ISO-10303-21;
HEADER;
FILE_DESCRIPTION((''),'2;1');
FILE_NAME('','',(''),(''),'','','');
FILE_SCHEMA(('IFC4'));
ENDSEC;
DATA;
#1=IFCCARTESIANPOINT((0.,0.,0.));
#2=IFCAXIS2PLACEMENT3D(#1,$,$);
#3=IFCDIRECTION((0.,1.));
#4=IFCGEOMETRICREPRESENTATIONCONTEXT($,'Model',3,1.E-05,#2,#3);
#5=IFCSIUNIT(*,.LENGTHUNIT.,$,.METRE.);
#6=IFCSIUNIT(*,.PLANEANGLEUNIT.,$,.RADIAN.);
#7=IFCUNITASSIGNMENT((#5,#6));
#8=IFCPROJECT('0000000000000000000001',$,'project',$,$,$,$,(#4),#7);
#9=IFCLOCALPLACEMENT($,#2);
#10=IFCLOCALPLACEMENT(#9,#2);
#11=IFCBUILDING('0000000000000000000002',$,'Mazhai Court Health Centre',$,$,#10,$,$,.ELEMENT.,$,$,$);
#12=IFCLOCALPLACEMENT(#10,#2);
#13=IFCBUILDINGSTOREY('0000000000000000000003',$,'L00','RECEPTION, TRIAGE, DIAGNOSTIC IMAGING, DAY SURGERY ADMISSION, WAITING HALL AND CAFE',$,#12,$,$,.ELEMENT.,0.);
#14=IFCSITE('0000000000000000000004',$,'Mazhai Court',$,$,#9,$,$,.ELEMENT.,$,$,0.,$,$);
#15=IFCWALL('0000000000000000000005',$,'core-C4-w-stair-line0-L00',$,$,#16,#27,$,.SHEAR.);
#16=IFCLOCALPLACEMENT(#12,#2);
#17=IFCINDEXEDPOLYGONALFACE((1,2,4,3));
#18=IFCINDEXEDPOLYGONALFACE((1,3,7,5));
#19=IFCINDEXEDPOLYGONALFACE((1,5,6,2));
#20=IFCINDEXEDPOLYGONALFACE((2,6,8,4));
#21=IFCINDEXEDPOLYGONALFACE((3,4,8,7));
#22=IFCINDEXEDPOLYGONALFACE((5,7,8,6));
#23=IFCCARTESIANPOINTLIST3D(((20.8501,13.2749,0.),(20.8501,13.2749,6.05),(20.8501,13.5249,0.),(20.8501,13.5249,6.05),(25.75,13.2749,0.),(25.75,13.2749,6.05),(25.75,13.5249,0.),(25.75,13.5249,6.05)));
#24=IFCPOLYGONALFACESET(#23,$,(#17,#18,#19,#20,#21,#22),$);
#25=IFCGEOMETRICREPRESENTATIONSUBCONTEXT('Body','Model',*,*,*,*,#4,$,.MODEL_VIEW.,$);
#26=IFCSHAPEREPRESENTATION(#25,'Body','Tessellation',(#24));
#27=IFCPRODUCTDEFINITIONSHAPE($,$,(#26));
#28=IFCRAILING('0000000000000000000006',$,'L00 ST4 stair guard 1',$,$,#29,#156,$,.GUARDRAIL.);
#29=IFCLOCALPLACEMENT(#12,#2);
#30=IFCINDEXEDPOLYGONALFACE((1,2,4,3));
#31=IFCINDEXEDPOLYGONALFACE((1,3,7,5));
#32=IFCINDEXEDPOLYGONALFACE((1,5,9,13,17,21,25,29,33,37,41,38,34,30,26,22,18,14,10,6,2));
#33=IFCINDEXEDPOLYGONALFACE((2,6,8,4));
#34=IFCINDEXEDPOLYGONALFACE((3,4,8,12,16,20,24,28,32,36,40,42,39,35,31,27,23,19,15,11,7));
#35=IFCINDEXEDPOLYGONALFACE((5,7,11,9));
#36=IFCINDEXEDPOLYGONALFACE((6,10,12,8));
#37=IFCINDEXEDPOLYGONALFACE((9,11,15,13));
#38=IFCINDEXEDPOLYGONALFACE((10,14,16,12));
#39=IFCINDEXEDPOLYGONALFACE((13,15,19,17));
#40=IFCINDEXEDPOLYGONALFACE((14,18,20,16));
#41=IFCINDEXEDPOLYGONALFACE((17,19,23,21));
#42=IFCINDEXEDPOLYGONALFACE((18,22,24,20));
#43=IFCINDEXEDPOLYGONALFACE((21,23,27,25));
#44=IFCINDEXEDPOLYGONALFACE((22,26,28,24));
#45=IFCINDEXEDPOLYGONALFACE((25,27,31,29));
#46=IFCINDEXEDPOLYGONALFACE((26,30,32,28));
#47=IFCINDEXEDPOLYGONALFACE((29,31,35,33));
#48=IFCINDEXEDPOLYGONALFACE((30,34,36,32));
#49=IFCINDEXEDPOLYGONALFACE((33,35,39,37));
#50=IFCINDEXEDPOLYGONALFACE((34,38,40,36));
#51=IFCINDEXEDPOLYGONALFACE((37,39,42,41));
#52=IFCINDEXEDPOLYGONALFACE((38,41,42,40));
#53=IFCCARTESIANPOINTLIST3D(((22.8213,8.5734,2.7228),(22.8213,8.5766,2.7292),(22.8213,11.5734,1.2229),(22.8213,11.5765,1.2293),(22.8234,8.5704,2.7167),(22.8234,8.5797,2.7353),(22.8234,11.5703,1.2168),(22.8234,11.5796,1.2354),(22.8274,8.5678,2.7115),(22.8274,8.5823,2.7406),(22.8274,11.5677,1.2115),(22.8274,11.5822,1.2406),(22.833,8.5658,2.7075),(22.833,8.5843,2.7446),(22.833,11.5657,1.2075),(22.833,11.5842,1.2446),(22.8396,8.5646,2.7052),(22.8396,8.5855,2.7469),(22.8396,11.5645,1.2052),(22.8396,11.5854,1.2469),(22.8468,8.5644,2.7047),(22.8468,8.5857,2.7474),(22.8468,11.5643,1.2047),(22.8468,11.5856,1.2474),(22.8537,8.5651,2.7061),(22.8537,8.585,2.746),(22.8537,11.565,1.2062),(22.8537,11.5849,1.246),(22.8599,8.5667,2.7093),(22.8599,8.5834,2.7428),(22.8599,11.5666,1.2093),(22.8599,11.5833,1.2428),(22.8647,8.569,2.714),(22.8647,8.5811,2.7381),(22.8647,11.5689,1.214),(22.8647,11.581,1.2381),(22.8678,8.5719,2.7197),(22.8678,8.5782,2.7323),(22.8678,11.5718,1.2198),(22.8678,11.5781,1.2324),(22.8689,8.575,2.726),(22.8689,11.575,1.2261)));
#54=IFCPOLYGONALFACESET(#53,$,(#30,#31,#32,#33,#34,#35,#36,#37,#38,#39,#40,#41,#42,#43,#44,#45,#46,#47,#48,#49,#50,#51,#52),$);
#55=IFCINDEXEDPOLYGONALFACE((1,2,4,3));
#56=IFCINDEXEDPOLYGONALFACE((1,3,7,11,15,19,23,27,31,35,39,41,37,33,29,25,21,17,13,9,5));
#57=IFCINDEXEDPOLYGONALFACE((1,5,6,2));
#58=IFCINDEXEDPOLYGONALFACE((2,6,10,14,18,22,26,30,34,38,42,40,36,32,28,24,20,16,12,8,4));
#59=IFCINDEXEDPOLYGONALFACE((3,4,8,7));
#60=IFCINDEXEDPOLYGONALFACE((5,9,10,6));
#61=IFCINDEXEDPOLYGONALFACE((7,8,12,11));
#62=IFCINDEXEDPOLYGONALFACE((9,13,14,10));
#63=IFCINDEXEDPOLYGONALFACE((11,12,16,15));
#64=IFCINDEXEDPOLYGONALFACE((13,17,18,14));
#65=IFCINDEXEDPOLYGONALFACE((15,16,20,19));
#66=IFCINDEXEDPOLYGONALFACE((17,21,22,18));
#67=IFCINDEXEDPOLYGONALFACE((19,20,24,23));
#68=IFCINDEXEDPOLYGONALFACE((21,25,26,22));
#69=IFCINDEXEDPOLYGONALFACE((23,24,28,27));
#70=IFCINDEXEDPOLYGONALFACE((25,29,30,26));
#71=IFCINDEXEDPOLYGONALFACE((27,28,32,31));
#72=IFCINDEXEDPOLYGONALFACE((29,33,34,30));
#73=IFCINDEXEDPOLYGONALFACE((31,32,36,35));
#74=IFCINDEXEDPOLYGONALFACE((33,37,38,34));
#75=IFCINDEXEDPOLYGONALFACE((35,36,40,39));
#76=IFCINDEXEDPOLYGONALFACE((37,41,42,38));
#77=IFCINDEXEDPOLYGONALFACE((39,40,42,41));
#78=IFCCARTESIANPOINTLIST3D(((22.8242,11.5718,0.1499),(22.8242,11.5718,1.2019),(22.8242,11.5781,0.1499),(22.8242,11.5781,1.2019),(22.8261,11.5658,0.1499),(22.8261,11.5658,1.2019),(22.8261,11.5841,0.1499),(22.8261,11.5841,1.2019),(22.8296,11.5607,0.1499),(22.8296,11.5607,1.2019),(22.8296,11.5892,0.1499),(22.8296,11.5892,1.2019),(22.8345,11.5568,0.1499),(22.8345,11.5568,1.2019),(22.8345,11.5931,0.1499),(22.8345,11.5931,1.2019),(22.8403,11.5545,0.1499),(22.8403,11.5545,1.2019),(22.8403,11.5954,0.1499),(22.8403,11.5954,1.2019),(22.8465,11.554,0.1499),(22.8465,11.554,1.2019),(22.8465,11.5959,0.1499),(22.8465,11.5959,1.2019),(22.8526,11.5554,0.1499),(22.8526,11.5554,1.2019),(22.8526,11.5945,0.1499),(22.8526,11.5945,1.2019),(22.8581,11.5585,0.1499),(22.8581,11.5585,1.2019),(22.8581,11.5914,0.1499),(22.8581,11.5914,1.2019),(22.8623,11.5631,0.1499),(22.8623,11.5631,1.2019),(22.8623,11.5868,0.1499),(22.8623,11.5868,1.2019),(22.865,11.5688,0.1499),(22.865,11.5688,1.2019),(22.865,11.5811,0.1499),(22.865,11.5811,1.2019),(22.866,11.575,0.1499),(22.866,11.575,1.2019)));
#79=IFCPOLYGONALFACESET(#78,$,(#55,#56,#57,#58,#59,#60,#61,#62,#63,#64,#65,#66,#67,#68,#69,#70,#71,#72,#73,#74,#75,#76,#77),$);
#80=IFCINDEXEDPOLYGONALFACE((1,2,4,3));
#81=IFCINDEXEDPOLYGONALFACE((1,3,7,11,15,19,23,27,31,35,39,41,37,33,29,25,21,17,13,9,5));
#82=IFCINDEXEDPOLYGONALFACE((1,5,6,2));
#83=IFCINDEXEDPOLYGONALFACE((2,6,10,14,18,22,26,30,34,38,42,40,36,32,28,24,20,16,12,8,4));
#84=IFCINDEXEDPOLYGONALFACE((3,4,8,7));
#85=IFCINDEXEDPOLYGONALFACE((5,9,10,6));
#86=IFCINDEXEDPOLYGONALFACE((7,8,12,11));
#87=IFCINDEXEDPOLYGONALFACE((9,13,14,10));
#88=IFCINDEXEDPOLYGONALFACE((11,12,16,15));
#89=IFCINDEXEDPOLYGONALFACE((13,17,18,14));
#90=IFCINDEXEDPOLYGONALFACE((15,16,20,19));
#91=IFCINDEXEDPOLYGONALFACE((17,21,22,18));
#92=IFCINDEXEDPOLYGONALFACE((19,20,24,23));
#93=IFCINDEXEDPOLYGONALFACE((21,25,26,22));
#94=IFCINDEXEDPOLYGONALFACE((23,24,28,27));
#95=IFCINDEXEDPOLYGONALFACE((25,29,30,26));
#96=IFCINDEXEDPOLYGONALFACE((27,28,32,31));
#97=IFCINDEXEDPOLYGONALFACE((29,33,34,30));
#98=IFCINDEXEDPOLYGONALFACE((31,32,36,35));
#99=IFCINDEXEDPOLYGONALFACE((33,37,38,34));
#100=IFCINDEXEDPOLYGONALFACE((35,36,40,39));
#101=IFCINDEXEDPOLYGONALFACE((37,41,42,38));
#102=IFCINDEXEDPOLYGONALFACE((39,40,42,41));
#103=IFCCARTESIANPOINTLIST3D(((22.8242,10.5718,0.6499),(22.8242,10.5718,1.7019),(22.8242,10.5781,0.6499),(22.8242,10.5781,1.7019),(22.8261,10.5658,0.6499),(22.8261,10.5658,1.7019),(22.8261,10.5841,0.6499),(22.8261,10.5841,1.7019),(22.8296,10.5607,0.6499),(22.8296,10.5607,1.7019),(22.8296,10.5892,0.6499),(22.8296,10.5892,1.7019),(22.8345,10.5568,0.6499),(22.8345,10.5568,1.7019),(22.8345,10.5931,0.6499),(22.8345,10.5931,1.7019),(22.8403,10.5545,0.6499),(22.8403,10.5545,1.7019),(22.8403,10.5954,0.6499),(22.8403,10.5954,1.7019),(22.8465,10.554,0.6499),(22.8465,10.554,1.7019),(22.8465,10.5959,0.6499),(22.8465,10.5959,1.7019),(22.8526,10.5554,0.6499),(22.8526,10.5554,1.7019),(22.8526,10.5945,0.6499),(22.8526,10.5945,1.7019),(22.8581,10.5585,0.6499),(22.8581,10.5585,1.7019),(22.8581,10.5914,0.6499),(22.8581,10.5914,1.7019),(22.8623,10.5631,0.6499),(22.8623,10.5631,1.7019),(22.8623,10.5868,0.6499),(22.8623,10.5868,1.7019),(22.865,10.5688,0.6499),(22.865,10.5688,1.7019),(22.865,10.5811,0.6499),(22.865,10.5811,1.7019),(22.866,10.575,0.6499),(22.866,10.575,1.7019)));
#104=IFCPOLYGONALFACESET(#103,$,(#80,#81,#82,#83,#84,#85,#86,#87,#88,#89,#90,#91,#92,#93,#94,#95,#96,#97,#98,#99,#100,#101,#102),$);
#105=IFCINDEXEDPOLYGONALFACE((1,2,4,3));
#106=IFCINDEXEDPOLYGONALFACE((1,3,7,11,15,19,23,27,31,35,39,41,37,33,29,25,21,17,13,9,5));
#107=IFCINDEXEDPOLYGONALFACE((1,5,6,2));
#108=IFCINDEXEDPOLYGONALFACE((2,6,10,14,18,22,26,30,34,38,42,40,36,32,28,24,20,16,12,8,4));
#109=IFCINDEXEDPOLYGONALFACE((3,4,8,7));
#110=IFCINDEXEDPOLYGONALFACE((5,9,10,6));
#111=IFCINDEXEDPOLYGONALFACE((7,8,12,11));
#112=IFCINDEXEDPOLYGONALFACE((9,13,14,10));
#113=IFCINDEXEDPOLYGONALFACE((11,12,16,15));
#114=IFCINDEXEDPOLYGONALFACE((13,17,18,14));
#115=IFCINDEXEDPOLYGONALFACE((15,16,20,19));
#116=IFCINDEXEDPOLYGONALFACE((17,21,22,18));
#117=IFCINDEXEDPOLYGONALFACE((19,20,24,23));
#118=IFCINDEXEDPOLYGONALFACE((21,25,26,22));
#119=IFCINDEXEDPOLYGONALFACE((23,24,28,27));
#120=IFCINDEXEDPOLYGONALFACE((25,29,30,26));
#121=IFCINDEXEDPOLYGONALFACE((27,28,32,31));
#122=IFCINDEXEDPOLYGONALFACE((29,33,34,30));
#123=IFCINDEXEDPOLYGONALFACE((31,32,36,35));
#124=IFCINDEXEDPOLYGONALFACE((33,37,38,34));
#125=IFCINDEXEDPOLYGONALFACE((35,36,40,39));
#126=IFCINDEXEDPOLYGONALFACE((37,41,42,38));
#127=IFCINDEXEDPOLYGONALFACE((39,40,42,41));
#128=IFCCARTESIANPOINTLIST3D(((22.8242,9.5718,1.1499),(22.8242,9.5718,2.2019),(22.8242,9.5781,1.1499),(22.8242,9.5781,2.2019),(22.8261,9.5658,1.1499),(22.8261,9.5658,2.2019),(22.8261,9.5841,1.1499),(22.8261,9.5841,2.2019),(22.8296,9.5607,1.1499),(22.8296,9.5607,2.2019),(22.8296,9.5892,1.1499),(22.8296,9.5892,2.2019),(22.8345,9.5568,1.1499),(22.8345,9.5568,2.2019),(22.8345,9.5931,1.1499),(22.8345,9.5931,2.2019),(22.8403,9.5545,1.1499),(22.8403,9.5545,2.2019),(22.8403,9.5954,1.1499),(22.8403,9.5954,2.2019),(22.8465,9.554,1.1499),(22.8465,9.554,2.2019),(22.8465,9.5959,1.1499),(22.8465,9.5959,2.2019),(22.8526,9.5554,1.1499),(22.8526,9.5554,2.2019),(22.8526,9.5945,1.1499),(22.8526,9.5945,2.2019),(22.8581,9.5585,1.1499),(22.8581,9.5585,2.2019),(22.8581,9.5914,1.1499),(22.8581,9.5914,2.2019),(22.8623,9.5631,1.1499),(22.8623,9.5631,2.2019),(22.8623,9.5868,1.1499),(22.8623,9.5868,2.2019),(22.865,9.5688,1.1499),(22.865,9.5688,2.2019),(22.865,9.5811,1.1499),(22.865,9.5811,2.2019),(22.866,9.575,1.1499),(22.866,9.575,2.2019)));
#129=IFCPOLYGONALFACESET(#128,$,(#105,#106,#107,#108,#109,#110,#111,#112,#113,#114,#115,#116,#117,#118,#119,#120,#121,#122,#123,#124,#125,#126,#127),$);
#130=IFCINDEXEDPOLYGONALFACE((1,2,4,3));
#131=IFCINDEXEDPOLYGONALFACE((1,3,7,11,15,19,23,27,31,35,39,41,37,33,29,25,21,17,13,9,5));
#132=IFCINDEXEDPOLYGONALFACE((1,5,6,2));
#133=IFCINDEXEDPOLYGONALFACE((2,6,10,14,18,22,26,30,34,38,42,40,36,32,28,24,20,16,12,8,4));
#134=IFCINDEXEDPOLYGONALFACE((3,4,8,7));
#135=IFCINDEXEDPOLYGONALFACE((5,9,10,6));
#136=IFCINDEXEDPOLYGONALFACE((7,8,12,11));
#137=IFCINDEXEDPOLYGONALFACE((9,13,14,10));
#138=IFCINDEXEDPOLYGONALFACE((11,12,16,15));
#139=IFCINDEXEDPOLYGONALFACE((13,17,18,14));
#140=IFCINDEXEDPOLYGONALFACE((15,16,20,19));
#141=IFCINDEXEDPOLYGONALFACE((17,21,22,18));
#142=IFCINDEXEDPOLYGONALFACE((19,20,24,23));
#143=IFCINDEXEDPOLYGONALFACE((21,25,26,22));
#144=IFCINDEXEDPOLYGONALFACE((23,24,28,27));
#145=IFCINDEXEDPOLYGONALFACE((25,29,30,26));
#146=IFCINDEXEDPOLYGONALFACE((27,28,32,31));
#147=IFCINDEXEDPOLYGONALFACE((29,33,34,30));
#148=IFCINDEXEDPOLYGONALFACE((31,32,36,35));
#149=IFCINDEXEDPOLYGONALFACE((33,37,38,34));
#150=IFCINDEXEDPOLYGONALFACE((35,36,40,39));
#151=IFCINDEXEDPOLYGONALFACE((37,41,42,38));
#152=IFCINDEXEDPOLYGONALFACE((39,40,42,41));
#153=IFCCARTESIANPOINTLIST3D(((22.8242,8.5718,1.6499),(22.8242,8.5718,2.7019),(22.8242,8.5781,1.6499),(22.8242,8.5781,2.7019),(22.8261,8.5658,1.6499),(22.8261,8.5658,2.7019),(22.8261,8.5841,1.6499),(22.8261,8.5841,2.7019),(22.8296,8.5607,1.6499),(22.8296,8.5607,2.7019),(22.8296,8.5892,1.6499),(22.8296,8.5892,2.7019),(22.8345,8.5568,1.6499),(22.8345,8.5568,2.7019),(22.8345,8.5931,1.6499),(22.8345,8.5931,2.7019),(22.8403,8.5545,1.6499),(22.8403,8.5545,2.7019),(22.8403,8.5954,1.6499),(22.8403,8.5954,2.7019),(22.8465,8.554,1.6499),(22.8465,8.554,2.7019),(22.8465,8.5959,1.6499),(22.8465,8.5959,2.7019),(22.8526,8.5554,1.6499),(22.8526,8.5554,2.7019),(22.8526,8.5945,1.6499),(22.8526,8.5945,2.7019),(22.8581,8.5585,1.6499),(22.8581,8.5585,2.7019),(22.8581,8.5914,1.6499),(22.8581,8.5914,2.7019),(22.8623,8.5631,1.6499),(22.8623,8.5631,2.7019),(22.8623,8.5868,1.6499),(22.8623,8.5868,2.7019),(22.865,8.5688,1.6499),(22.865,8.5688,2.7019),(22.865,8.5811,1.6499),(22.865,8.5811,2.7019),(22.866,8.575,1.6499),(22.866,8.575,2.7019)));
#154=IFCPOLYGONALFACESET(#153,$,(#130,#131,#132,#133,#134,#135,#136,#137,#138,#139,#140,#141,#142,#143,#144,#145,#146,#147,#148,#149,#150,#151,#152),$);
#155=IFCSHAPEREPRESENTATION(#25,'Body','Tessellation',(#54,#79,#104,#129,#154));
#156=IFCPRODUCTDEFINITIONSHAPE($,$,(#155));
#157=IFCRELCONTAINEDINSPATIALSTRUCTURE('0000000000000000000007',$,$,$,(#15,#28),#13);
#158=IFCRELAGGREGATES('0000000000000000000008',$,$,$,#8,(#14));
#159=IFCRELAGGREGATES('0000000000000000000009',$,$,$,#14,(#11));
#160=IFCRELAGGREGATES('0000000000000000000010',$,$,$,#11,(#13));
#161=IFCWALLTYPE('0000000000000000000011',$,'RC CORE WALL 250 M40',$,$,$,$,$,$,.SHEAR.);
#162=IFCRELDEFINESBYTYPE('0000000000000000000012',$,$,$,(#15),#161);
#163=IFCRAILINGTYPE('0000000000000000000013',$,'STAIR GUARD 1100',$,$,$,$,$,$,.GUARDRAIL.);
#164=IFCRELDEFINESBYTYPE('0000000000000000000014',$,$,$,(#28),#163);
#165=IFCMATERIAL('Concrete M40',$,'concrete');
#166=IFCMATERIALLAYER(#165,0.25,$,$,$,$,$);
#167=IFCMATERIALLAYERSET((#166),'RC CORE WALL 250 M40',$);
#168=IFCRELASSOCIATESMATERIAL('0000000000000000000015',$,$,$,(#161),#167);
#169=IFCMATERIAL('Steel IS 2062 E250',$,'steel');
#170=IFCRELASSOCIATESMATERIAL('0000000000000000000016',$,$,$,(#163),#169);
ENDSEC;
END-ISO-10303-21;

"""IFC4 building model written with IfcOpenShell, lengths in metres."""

from ifc_helpers import new_model, si_unit, direction, frame, frame_2d, origin, origin_2d, place, context, subcontext, project, spatial, rectangle, circle, extrude, material, layer, layer_set, type_object, element, save


model = new_model("IFC4")

# Units and contexts
model_context = context("Model", 3, precision=1e-05, world=origin(), true_north=direction((0.0, 1.0)))
body_context = subcontext(model_context, "Body", "Model", "MODEL_VIEW")
ifc_project = project(units=[si_unit("LENGTHUNIT", "METRE"), si_unit("PLANEANGLEUNIT", "RADIAN")], contexts=[model_context])

# Site, building, storey
site_placement = place(None, origin())
site = spatial("IfcSite", under=ifc_project, at=site_placement, Name="Mazhai Court", CompositionType="ELEMENT", RefElevation=0.0)
building_placement = place(site_placement, origin())
building = spatial("IfcBuilding", under=site, at=building_placement, Name="Mazhai Court Health Centre", CompositionType="ELEMENT")
storey_placement = place(building_placement, origin())
storey = spatial("IfcBuildingStorey", under=building, at=storey_placement, Name="L00", Description="RECEPTION, TRIAGE, DIAGNOSTIC IMAGING, DAY SURGERY ADMISSION, WAITING HALL AND CAFE", CompositionType="ELEMENT", Elevation=0.0)

# Wall
ifc_material_1 = material(Name="Concrete M40", Category="concrete")
ifc_layer_1 = layer(ifc_material_1, 0.25)
ifc_layer_set_1 = layer_set([ifc_layer_1], Name="RC CORE WALL 250 M40")
wall_type_1 = type_object("IfcWallType", Name="RC CORE WALL 250 M40", PredefinedType="SHEAR", material=ifc_layer_set_1)
wall_1_placement = place(storey_placement, frame((20.8501, 13.3999, 0.0), z_axis=(0.0, 0.0, 1.0), x_axis=(1.0, 0.0, 0.0)))
element("IfcWall", 1, at=wall_1_placement, inside=storey, type_object=wall_type_1, Name="core-C4-w-stair-line0-L00", PredefinedType="SHEAR", context=body_context, shape_type="SweptSolid", body=[
    extrude(rectangle(XDim=4.8999, YDim=0.25, at=frame_2d((2.45, 0.0))), origin(), (0.0, 0.0, 1.0), 6.05),
])

# Railing
ifc_material_2 = material(Name="Steel IS 2062 E250", Category="steel")
railing_type_1 = type_object("IfcRailingType", Name="STAIR GUARD 1100", PredefinedType="GUARDRAIL", material=ifc_material_2)
railing_1_placement = place(storey_placement, frame((22.845, 11.575, 0.1499)))
element("IfcRailing", 2, at=railing_1_placement, inside=storey, type_object=railing_type_1, Name="L00 ST4 stair guard 1", PredefinedType="GUARDRAIL", context=body_context, shape_type="SweptSolid", body=[
    extrude(circle(Radius=0.0239, at=origin_2d()), frame((0.0, 0.0, 1.0762), z_axis=(0.0, -0.894427, 0.447214), x_axis=(1.0, 0.0, 0.0)), (0.0, 0.0, 1.0), 3.354),
    extrude(circle(Radius=0.021, at=origin_2d()), origin(), (0.0, 0.0, 1.0), 1.052),
    extrude(circle(Radius=0.021, at=origin_2d()), frame((0.0, -1.0, 0.5)), (0.0, 0.0, 1.0), 1.052),
    extrude(circle(Radius=0.021, at=origin_2d()), frame((0.0, -2.0, 1.0)), (0.0, 0.0, 1.0), 1.052),
    extrude(circle(Radius=0.021, at=origin_2d()), frame((0.0, -3.0, 1.5)), (0.0, 0.0, 1.0), 1.052),
])

save(model, "model.ifc")
